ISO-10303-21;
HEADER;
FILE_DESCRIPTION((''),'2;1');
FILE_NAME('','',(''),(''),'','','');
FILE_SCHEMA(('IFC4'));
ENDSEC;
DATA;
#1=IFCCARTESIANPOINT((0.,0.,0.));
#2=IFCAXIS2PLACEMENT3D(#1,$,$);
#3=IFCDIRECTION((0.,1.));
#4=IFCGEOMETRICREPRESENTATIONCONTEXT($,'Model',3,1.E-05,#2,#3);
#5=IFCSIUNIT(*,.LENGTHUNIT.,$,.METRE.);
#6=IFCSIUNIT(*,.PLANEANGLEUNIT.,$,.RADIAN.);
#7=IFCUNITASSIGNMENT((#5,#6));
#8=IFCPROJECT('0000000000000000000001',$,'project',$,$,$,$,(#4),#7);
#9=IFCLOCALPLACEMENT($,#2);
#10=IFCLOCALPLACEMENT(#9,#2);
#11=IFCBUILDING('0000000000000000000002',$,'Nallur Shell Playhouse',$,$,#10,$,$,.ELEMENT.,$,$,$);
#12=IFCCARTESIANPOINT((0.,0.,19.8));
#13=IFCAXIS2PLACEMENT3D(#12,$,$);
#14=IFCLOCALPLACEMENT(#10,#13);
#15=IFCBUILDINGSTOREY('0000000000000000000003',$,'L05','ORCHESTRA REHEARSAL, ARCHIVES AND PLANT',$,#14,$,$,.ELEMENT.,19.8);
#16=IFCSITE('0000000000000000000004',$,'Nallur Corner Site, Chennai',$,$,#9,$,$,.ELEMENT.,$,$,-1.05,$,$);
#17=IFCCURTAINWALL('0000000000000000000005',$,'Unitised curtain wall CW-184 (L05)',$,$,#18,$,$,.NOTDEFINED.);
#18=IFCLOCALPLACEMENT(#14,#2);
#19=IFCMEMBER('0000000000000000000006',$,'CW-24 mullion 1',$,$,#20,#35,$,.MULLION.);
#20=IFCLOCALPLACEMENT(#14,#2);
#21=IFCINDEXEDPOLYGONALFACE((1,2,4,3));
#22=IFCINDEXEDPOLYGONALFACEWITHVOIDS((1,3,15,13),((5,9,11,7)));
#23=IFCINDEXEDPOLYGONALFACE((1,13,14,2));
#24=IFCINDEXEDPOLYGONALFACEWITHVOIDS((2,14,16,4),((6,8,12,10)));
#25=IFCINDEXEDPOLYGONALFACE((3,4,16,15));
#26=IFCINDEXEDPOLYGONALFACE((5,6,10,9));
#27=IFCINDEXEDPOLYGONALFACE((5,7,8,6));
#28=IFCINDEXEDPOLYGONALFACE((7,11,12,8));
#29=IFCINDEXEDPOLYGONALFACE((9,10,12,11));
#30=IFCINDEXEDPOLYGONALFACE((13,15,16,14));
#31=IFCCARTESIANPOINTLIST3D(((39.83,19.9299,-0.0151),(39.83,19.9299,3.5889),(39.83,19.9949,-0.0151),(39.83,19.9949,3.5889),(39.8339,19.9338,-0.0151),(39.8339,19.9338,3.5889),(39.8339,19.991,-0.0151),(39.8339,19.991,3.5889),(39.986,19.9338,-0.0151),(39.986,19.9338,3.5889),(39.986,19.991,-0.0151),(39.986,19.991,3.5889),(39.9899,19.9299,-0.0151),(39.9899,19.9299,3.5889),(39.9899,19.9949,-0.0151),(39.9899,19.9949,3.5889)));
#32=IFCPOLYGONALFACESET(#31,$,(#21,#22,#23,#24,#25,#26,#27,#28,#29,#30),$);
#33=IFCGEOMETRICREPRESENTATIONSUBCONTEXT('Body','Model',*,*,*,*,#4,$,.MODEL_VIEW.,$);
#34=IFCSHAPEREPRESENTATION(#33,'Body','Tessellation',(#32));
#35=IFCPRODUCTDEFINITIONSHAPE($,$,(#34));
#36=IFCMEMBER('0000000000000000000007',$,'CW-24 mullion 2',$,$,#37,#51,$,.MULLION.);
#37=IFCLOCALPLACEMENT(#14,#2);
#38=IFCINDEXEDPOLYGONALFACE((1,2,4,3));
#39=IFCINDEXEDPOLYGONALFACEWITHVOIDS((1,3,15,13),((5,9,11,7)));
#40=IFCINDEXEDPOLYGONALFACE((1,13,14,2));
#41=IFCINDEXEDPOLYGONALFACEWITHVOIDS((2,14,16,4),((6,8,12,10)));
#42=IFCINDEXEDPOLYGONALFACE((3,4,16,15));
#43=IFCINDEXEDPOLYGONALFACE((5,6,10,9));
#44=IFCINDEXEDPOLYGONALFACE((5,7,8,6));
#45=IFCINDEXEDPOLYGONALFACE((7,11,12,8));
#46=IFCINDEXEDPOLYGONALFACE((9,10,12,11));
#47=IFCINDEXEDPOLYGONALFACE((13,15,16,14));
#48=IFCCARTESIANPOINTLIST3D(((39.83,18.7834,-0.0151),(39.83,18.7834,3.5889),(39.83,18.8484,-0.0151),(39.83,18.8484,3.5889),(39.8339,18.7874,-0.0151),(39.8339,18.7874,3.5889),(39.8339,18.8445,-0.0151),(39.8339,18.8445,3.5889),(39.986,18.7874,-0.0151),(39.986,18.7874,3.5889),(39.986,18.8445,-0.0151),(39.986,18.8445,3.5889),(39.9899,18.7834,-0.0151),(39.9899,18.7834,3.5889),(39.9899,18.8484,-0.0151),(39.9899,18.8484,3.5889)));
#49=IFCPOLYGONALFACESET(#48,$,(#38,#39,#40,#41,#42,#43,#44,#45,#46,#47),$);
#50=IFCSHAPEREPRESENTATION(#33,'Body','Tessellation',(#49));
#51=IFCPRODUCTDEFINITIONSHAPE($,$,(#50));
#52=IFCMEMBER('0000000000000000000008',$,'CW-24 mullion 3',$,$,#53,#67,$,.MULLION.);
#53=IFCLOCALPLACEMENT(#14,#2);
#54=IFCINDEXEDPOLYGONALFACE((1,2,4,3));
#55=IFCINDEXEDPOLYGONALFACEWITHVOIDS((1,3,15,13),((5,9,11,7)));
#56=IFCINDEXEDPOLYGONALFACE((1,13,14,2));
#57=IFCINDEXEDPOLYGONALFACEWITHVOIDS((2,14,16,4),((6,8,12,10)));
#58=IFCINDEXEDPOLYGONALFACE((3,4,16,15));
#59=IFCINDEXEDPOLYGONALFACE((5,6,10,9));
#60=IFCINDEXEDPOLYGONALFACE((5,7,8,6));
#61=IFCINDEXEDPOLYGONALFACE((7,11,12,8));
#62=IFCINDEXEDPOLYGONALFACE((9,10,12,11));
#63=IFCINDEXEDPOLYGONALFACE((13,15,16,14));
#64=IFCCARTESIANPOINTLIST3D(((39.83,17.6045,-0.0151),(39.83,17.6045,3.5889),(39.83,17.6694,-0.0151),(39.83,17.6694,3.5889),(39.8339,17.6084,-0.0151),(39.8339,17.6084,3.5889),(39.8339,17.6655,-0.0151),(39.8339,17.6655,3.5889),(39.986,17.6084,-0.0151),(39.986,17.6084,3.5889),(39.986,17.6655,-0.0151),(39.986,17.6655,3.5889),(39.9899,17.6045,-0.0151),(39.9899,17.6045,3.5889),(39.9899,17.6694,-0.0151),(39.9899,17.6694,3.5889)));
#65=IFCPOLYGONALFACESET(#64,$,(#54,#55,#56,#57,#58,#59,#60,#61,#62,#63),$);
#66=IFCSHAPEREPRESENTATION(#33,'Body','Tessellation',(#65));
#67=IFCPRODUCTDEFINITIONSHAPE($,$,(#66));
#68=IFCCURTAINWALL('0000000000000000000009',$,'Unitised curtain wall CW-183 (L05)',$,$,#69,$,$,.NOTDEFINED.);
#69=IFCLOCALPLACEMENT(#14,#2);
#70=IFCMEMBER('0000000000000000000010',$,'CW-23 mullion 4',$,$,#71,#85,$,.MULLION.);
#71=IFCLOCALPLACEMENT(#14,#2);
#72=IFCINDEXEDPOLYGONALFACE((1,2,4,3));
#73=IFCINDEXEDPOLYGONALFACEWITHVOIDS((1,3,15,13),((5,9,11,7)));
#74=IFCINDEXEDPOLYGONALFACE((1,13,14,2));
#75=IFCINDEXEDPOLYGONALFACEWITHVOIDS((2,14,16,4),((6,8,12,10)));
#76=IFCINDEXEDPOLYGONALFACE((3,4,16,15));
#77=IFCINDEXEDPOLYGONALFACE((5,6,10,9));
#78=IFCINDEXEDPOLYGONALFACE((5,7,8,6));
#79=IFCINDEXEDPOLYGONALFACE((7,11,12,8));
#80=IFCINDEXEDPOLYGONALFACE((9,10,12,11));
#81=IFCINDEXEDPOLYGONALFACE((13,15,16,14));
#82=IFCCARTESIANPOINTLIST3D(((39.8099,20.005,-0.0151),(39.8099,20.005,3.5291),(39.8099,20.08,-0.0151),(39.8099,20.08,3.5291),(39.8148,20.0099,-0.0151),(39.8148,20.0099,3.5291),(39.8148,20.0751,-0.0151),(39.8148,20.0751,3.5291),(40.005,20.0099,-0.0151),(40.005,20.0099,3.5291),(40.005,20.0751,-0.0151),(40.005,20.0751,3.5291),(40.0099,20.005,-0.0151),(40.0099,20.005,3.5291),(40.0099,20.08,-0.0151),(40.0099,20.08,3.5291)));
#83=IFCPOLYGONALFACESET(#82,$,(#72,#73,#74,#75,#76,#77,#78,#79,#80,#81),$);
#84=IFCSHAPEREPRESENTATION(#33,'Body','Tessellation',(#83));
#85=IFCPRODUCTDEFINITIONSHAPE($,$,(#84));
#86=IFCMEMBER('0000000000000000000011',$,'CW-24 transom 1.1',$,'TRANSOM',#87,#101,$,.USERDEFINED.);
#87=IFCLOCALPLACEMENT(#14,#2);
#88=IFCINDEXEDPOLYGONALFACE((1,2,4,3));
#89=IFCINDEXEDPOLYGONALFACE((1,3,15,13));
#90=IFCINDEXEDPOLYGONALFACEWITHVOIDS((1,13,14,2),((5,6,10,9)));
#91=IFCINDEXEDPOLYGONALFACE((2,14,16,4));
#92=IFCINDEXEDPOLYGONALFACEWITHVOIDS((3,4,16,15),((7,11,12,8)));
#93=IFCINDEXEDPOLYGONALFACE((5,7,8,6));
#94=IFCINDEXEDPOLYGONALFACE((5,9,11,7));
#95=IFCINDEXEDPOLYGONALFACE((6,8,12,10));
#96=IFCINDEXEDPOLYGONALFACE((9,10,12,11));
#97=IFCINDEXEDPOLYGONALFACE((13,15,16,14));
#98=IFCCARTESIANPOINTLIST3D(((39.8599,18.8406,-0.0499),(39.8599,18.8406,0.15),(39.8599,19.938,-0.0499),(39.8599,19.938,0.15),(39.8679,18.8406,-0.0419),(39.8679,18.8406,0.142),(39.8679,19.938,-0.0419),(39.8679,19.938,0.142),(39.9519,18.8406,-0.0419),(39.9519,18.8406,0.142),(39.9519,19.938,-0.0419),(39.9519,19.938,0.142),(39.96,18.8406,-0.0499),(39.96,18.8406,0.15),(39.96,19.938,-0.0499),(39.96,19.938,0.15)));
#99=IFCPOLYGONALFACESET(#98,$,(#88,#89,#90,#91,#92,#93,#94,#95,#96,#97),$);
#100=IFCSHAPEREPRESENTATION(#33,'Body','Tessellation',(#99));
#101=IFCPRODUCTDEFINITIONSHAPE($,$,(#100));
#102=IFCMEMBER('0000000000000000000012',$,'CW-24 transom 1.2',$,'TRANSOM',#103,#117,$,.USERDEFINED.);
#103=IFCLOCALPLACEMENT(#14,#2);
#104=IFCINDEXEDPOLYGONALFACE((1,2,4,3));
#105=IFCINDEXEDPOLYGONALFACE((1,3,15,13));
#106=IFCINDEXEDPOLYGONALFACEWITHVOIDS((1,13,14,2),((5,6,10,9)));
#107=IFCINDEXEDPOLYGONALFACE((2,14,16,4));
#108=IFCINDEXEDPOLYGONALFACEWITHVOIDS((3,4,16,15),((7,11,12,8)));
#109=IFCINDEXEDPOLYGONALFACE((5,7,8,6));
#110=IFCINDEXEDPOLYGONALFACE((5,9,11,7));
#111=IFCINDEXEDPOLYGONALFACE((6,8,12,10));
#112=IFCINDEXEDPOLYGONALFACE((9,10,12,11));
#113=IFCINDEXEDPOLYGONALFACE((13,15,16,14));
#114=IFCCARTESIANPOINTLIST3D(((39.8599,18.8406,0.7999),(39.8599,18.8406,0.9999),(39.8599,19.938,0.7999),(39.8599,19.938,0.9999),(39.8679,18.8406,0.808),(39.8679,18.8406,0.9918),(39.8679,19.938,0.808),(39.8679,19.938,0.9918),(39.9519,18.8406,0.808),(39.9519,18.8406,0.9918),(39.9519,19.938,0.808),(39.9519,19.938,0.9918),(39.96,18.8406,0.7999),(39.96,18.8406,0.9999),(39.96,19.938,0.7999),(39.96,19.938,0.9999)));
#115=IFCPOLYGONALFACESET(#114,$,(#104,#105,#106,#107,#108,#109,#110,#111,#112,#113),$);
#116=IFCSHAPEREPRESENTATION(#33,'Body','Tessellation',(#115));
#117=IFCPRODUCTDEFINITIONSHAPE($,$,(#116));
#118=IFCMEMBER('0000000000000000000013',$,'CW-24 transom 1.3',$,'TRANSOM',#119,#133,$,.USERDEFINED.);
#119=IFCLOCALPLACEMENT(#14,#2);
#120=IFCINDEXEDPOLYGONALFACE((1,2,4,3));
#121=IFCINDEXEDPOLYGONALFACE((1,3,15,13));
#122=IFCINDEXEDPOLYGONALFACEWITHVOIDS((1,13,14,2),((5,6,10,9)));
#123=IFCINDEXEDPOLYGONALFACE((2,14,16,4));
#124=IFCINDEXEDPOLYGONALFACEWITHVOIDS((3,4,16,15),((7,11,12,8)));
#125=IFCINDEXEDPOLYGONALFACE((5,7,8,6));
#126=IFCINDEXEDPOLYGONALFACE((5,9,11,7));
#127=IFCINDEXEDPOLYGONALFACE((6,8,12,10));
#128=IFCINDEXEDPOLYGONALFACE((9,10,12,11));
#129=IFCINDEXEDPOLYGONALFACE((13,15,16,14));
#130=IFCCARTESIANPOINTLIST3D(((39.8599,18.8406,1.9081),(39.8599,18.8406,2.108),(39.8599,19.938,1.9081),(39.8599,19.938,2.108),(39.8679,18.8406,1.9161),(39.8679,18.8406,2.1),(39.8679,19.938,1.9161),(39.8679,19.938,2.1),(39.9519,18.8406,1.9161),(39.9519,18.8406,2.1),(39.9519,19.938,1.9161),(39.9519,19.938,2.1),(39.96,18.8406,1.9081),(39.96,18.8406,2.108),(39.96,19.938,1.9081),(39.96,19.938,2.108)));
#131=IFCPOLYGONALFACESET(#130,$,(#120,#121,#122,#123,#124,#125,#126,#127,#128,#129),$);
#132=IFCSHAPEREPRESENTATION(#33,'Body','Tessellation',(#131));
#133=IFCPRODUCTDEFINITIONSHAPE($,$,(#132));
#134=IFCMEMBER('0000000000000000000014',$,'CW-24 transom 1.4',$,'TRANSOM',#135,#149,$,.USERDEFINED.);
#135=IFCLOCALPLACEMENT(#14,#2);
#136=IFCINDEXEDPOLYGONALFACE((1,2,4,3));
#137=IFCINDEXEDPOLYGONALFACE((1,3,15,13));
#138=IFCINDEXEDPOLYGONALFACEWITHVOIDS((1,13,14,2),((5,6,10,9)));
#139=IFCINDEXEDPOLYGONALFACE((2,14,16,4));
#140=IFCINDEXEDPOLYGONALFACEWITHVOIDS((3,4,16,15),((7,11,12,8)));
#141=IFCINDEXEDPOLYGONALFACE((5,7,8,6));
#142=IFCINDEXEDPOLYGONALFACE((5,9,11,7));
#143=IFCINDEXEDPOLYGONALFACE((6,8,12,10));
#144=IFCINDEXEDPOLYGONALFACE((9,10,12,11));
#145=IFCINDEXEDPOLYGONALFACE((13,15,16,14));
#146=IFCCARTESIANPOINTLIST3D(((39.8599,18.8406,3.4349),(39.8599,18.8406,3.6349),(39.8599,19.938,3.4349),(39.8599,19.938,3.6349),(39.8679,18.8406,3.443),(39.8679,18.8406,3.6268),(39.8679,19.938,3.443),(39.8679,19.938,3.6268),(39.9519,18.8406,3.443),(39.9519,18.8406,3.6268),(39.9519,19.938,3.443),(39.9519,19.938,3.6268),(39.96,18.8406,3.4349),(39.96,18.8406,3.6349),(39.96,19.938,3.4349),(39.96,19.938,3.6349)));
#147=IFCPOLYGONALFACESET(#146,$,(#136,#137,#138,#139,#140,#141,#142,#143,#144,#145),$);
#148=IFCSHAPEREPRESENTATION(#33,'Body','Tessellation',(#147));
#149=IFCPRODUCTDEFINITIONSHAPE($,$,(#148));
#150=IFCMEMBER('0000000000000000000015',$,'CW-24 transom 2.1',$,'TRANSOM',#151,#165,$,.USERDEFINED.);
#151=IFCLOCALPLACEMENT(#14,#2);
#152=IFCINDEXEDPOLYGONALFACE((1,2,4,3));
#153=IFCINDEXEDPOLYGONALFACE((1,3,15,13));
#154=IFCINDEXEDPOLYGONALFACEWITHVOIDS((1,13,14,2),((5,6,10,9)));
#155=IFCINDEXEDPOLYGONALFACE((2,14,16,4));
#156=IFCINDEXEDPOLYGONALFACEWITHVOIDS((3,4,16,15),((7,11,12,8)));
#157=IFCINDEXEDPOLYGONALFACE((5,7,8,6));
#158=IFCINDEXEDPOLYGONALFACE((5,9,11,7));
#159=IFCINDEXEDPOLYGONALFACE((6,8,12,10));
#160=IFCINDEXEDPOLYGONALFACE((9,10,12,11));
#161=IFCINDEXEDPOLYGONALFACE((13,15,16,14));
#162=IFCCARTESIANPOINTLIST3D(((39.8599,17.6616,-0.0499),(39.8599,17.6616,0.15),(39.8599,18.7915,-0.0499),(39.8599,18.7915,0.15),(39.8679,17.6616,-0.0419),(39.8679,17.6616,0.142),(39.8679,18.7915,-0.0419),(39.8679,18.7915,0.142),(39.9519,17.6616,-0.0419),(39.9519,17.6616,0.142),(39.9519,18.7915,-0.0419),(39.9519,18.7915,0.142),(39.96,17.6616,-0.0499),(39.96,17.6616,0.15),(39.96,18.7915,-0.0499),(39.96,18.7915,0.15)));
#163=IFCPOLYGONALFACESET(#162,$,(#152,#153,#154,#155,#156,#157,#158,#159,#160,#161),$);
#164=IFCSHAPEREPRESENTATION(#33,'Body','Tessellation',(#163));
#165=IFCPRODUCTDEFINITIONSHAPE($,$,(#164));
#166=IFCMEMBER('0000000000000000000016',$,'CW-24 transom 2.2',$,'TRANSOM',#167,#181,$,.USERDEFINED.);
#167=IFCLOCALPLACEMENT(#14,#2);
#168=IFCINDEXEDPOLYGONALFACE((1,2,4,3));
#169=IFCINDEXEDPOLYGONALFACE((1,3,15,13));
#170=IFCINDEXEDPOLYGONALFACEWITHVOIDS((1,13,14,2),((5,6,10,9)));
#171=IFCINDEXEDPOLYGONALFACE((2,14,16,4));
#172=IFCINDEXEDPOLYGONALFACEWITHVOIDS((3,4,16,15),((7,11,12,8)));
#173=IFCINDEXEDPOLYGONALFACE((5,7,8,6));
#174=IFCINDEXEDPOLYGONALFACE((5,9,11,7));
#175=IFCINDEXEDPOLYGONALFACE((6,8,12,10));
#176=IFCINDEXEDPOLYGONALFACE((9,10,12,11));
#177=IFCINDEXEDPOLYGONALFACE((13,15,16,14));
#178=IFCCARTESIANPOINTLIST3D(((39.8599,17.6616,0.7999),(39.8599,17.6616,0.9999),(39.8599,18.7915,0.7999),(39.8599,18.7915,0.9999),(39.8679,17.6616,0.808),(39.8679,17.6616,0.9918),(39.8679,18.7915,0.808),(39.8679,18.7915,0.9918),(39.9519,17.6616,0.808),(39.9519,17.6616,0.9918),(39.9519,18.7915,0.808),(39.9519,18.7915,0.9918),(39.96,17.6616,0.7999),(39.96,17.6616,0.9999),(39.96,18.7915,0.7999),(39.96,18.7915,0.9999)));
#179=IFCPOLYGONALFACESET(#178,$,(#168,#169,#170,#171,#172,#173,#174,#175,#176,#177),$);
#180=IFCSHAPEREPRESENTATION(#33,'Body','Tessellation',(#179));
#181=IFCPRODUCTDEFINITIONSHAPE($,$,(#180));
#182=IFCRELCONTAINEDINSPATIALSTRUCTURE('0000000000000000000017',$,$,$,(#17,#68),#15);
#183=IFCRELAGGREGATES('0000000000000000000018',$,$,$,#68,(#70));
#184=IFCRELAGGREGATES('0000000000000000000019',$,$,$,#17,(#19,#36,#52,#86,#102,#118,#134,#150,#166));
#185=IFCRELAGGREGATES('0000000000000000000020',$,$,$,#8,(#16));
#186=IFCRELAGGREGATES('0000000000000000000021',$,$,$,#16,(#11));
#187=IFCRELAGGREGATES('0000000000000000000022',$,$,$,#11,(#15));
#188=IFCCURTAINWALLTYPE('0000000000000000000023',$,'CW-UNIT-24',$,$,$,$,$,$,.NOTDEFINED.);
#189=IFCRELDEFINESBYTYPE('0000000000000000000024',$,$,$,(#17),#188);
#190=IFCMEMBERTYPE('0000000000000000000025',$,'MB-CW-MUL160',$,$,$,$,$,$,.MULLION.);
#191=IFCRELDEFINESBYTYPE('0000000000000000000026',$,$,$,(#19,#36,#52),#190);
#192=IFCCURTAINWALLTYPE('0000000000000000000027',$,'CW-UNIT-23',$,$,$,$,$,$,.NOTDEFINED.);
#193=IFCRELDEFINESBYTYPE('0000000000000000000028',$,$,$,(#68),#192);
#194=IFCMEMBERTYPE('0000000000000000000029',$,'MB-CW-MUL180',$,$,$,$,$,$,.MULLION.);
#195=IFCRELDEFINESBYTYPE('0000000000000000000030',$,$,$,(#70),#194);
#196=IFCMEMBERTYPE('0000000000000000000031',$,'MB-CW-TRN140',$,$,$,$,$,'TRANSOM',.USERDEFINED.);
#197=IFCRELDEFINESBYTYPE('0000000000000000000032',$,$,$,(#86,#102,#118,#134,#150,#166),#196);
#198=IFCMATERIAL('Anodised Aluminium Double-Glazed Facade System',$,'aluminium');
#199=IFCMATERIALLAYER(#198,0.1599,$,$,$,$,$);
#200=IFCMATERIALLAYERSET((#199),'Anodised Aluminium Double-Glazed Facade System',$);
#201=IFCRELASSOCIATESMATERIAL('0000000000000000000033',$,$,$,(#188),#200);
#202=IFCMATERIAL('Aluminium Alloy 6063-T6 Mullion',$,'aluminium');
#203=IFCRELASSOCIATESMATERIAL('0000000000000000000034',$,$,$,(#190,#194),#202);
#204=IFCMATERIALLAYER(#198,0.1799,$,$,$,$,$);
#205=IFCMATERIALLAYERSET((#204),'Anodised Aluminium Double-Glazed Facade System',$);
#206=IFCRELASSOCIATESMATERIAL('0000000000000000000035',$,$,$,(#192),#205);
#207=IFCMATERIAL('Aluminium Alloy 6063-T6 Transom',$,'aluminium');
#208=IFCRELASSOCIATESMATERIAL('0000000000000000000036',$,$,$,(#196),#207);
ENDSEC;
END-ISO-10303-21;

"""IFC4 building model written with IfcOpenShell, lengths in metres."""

from ifc_helpers import new_model, si_unit, direction, frame, origin, origin_2d, place, context, subcontext, project, spatial, hollow_rectangle, extrude, material, layer, layer_set, material_profile, profile_set, type_object, element, aggregate, save


model = new_model("IFC4")

# Units and contexts
model_context = context("Model", 3, precision=1e-05, world=origin(), true_north=direction((0.0, 1.0)))
body_context = subcontext(model_context, "Body", "Model", "MODEL_VIEW")
ifc_project = project(units=[si_unit("LENGTHUNIT", "METRE"), si_unit("PLANEANGLEUNIT", "RADIAN")], contexts=[model_context])

# Site, building, storey
site_placement = place(None, origin())
site = spatial("IfcSite", under=ifc_project, at=site_placement, Name="Nallur Corner Site, Chennai", CompositionType="ELEMENT", RefElevation=-1.05)
building_placement = place(site_placement, origin())
building = spatial("IfcBuilding", under=site, at=building_placement, Name="Nallur Shell Playhouse", CompositionType="ELEMENT")
storey_placement = place(building_placement, frame((0.0, 0.0, 19.8)))
storey = spatial("IfcBuildingStorey", under=building, at=storey_placement, Name="L05", Description="ORCHESTRA REHEARSAL, ARCHIVES AND PLANT", CompositionType="ELEMENT", Elevation=19.8)

# Curtain wall, members
ifc_material_1 = material(Name="Anodised Aluminium Double-Glazed Facade System", Category="aluminium")
ifc_layer_1 = layer(ifc_material_1, 0.1599)
ifc_layer_set_1 = layer_set([ifc_layer_1], Name="Anodised Aluminium Double-Glazed Facade System")
curtain_wall_type_1 = type_object("IfcCurtainWallType", Name="CW-UNIT-24", PredefinedType="NOTDEFINED", material=ifc_layer_set_1)
curtain_wall_1_placement = place(storey_placement, origin())
curtain_wall_1 = element("IfcCurtainWall", 1, at=curtain_wall_1_placement, inside=storey, type_object=curtain_wall_type_1, Name="Unitised curtain wall CW-184 (L05)", PredefinedType="NOTDEFINED")
ifc_material_2 = material(Name="Aluminium Alloy 6063-T6 Mullion", Category="aluminium")
ifc_material_profile_1 = material_profile(ifc_material_2, hollow_rectangle(XDim=0.0649, YDim=0.1599, WallThickness=0.0039, at=origin_2d()), Name="ALU 65x160x4")
ifc_profile_set_1 = profile_set([ifc_material_profile_1], Name="Aluminium Alloy 6063-T6 Mullion")
member_type_1 = type_object("IfcMemberType", Name="MB-CW-MUL160", PredefinedType="MULLION", material=ifc_profile_set_1)
member_1_placement = place(storey_placement, frame((39.9099, 19.9624, -0.0151), z_axis=(0.0, 0.0, 1.0), x_axis=(0.0, -1.0, 0.0)))
member_1 = element("IfcMember", 2, at=member_1_placement, type_object=member_type_1, Name="CW-24 mullion 1", PredefinedType="MULLION", context=body_context, shape_type="SweptSolid", body=[
    extrude(hollow_rectangle(XDim=0.0649, YDim=0.1599, WallThickness=0.0039, at=origin_2d()), origin(), (0.0, 0.0, 1.0), 3.604),
])
member_2_placement = place(storey_placement, frame((39.9099, 18.8159, -0.0151), z_axis=(0.0, 0.0, 1.0), x_axis=(0.0, -1.0, 0.0)))
member_2 = element("IfcMember", 3, at=member_2_placement, type_object=member_type_1, Name="CW-24 mullion 2", PredefinedType="MULLION", context=body_context, shape_type="SweptSolid", body=[
    extrude(hollow_rectangle(XDim=0.0649, YDim=0.1599, WallThickness=0.0039, at=origin_2d()), origin(), (0.0, 0.0, 1.0), 3.604),
])
member_3_placement = place(storey_placement, frame((39.9099, 17.637, -0.0151), z_axis=(0.0, 0.0, 1.0), x_axis=(0.0, -1.0, 0.0)))
member_3 = element("IfcMember", 4, at=member_3_placement, type_object=member_type_1, Name="CW-24 mullion 3", PredefinedType="MULLION", context=body_context, shape_type="SweptSolid", body=[
    extrude(hollow_rectangle(XDim=0.0649, YDim=0.1599, WallThickness=0.0039, at=origin_2d()), origin(), (0.0, 0.0, 1.0), 3.604),
])

# Curtain wall, member
ifc_layer_2 = layer(ifc_material_1, 0.1799)
ifc_layer_set_2 = layer_set([ifc_layer_2], Name="Anodised Aluminium Double-Glazed Facade System")
curtain_wall_type_2 = type_object("IfcCurtainWallType", Name="CW-UNIT-23", PredefinedType="NOTDEFINED", material=ifc_layer_set_2)
curtain_wall_2_placement = place(storey_placement, origin())
curtain_wall_2 = element("IfcCurtainWall", 5, at=curtain_wall_2_placement, inside=storey, type_object=curtain_wall_type_2, Name="Unitised curtain wall CW-183 (L05)", PredefinedType="NOTDEFINED")
ifc_material_profile_2 = material_profile(ifc_material_2, hollow_rectangle(XDim=0.075, YDim=0.2, WallThickness=0.0049, at=origin_2d()), Name="ALU 75x200x5")
ifc_profile_set_2 = profile_set([ifc_material_profile_2], Name="Aluminium Alloy 6063-T6 Mullion")
member_type_2 = type_object("IfcMemberType", Name="MB-CW-MUL180", PredefinedType="MULLION", material=ifc_profile_set_2)
member_4_placement = place(storey_placement, frame((39.9099, 20.0425, -0.0151), z_axis=(0.0, 0.0, 1.0), x_axis=(0.0, -1.0, 0.0)))
member_4 = element("IfcMember", 6, at=member_4_placement, type_object=member_type_2, Name="CW-23 mullion 4", PredefinedType="MULLION", context=body_context, shape_type="SweptSolid", body=[
    extrude(hollow_rectangle(XDim=0.075, YDim=0.2, WallThickness=0.0049, at=origin_2d()), origin(), (0.0, 0.0, 1.0), 3.5442),
])

# Members
ifc_material_3 = material(Name="Aluminium Alloy 6063-T6 Transom", Category="aluminium")
ifc_material_profile_3 = material_profile(ifc_material_3, hollow_rectangle(XDim=0.1001, YDim=0.2, WallThickness=0.0081, at=origin_2d()), Name="RHS 200x100x8")
ifc_profile_set_3 = profile_set([ifc_material_profile_3], Name="Aluminium Alloy 6063-T6 Transom")
member_type_3 = type_object("IfcMemberType", Name="MB-CW-TRN140", ElementType="TRANSOM", PredefinedType="USERDEFINED", material=ifc_profile_set_3)
member_5_placement = place(storey_placement, frame((39.9099, 19.938, 0.05), z_axis=(0.0, -1.0, 0.0), x_axis=(1.0, 0.0, 0.0)))
member_5 = element("IfcMember", 7, at=member_5_placement, type_object=member_type_3, Name="CW-24 transom 1.1", ObjectType="TRANSOM", PredefinedType="USERDEFINED", context=body_context, shape_type="SweptSolid", body=[
    extrude(hollow_rectangle(XDim=0.1001, YDim=0.2, WallThickness=0.0081, at=origin_2d()), origin(), (0.0, 0.0, 1.0), 1.0974),
])
member_6_placement = place(storey_placement, frame((39.9099, 19.938, 0.8999), z_axis=(0.0, -1.0, 0.0), x_axis=(1.0, 0.0, 0.0)))
member_6 = element("IfcMember", 8, at=member_6_placement, type_object=member_type_3, Name="CW-24 transom 1.2", ObjectType="TRANSOM", PredefinedType="USERDEFINED", context=body_context, shape_type="SweptSolid", body=[
    extrude(hollow_rectangle(XDim=0.1001, YDim=0.2, WallThickness=0.0081, at=origin_2d()), origin(), (0.0, 0.0, 1.0), 1.0974),
])
member_7_placement = place(storey_placement, frame((39.9099, 19.938, 2.0081), z_axis=(0.0, -1.0, 0.0), x_axis=(1.0, 0.0, 0.0)))
member_7 = element("IfcMember", 9, at=member_7_placement, type_object=member_type_3, Name="CW-24 transom 1.3", ObjectType="TRANSOM", PredefinedType="USERDEFINED", context=body_context, shape_type="SweptSolid", body=[
    extrude(hollow_rectangle(XDim=0.1001, YDim=0.2, WallThickness=0.0081, at=origin_2d()), origin(), (0.0, 0.0, 1.0), 1.0974),
])
member_8_placement = place(storey_placement, frame((39.9099, 19.938, 3.5349), z_axis=(0.0, -1.0, 0.0), x_axis=(1.0, 0.0, 0.0)))
member_8 = element("IfcMember", 10, at=member_8_placement, type_object=member_type_3, Name="CW-24 transom 1.4", ObjectType="TRANSOM", PredefinedType="USERDEFINED", context=body_context, shape_type="SweptSolid", body=[
    extrude(hollow_rectangle(XDim=0.1001, YDim=0.2, WallThickness=0.0081, at=origin_2d()), origin(), (0.0, 0.0, 1.0), 1.0974),
])
member_9_placement = place(storey_placement, frame((39.9099, 18.7915, 0.05), z_axis=(0.0, -1.0, 0.0), x_axis=(1.0, 0.0, 0.0)))
member_9 = element("IfcMember", 11, at=member_9_placement, type_object=member_type_3, Name="CW-24 transom 2.1", ObjectType="TRANSOM", PredefinedType="USERDEFINED", context=body_context, shape_type="SweptSolid", body=[
    extrude(hollow_rectangle(XDim=0.1001, YDim=0.2, WallThickness=0.0081, at=origin_2d()), origin(), (0.0, 0.0, 1.0), 1.1299),
])
member_10_placement = place(storey_placement, frame((39.9099, 18.7915, 0.8999), z_axis=(0.0, -1.0, 0.0), x_axis=(1.0, 0.0, 0.0)))
member_10 = element("IfcMember", 12, at=member_10_placement, type_object=member_type_3, Name="CW-24 transom 2.2", ObjectType="TRANSOM", PredefinedType="USERDEFINED", context=body_context, shape_type="SweptSolid", body=[
    extrude(hollow_rectangle(XDim=0.1001, YDim=0.2, WallThickness=0.0081, at=origin_2d()), origin(), (0.0, 0.0, 1.0), 1.1299),
])

aggregate(curtain_wall_2, [member_4])
aggregate(curtain_wall_1, [member_1, member_2, member_3, member_5, member_6, member_7, member_8, member_9, member_10])

save(model, "model.ifc")
